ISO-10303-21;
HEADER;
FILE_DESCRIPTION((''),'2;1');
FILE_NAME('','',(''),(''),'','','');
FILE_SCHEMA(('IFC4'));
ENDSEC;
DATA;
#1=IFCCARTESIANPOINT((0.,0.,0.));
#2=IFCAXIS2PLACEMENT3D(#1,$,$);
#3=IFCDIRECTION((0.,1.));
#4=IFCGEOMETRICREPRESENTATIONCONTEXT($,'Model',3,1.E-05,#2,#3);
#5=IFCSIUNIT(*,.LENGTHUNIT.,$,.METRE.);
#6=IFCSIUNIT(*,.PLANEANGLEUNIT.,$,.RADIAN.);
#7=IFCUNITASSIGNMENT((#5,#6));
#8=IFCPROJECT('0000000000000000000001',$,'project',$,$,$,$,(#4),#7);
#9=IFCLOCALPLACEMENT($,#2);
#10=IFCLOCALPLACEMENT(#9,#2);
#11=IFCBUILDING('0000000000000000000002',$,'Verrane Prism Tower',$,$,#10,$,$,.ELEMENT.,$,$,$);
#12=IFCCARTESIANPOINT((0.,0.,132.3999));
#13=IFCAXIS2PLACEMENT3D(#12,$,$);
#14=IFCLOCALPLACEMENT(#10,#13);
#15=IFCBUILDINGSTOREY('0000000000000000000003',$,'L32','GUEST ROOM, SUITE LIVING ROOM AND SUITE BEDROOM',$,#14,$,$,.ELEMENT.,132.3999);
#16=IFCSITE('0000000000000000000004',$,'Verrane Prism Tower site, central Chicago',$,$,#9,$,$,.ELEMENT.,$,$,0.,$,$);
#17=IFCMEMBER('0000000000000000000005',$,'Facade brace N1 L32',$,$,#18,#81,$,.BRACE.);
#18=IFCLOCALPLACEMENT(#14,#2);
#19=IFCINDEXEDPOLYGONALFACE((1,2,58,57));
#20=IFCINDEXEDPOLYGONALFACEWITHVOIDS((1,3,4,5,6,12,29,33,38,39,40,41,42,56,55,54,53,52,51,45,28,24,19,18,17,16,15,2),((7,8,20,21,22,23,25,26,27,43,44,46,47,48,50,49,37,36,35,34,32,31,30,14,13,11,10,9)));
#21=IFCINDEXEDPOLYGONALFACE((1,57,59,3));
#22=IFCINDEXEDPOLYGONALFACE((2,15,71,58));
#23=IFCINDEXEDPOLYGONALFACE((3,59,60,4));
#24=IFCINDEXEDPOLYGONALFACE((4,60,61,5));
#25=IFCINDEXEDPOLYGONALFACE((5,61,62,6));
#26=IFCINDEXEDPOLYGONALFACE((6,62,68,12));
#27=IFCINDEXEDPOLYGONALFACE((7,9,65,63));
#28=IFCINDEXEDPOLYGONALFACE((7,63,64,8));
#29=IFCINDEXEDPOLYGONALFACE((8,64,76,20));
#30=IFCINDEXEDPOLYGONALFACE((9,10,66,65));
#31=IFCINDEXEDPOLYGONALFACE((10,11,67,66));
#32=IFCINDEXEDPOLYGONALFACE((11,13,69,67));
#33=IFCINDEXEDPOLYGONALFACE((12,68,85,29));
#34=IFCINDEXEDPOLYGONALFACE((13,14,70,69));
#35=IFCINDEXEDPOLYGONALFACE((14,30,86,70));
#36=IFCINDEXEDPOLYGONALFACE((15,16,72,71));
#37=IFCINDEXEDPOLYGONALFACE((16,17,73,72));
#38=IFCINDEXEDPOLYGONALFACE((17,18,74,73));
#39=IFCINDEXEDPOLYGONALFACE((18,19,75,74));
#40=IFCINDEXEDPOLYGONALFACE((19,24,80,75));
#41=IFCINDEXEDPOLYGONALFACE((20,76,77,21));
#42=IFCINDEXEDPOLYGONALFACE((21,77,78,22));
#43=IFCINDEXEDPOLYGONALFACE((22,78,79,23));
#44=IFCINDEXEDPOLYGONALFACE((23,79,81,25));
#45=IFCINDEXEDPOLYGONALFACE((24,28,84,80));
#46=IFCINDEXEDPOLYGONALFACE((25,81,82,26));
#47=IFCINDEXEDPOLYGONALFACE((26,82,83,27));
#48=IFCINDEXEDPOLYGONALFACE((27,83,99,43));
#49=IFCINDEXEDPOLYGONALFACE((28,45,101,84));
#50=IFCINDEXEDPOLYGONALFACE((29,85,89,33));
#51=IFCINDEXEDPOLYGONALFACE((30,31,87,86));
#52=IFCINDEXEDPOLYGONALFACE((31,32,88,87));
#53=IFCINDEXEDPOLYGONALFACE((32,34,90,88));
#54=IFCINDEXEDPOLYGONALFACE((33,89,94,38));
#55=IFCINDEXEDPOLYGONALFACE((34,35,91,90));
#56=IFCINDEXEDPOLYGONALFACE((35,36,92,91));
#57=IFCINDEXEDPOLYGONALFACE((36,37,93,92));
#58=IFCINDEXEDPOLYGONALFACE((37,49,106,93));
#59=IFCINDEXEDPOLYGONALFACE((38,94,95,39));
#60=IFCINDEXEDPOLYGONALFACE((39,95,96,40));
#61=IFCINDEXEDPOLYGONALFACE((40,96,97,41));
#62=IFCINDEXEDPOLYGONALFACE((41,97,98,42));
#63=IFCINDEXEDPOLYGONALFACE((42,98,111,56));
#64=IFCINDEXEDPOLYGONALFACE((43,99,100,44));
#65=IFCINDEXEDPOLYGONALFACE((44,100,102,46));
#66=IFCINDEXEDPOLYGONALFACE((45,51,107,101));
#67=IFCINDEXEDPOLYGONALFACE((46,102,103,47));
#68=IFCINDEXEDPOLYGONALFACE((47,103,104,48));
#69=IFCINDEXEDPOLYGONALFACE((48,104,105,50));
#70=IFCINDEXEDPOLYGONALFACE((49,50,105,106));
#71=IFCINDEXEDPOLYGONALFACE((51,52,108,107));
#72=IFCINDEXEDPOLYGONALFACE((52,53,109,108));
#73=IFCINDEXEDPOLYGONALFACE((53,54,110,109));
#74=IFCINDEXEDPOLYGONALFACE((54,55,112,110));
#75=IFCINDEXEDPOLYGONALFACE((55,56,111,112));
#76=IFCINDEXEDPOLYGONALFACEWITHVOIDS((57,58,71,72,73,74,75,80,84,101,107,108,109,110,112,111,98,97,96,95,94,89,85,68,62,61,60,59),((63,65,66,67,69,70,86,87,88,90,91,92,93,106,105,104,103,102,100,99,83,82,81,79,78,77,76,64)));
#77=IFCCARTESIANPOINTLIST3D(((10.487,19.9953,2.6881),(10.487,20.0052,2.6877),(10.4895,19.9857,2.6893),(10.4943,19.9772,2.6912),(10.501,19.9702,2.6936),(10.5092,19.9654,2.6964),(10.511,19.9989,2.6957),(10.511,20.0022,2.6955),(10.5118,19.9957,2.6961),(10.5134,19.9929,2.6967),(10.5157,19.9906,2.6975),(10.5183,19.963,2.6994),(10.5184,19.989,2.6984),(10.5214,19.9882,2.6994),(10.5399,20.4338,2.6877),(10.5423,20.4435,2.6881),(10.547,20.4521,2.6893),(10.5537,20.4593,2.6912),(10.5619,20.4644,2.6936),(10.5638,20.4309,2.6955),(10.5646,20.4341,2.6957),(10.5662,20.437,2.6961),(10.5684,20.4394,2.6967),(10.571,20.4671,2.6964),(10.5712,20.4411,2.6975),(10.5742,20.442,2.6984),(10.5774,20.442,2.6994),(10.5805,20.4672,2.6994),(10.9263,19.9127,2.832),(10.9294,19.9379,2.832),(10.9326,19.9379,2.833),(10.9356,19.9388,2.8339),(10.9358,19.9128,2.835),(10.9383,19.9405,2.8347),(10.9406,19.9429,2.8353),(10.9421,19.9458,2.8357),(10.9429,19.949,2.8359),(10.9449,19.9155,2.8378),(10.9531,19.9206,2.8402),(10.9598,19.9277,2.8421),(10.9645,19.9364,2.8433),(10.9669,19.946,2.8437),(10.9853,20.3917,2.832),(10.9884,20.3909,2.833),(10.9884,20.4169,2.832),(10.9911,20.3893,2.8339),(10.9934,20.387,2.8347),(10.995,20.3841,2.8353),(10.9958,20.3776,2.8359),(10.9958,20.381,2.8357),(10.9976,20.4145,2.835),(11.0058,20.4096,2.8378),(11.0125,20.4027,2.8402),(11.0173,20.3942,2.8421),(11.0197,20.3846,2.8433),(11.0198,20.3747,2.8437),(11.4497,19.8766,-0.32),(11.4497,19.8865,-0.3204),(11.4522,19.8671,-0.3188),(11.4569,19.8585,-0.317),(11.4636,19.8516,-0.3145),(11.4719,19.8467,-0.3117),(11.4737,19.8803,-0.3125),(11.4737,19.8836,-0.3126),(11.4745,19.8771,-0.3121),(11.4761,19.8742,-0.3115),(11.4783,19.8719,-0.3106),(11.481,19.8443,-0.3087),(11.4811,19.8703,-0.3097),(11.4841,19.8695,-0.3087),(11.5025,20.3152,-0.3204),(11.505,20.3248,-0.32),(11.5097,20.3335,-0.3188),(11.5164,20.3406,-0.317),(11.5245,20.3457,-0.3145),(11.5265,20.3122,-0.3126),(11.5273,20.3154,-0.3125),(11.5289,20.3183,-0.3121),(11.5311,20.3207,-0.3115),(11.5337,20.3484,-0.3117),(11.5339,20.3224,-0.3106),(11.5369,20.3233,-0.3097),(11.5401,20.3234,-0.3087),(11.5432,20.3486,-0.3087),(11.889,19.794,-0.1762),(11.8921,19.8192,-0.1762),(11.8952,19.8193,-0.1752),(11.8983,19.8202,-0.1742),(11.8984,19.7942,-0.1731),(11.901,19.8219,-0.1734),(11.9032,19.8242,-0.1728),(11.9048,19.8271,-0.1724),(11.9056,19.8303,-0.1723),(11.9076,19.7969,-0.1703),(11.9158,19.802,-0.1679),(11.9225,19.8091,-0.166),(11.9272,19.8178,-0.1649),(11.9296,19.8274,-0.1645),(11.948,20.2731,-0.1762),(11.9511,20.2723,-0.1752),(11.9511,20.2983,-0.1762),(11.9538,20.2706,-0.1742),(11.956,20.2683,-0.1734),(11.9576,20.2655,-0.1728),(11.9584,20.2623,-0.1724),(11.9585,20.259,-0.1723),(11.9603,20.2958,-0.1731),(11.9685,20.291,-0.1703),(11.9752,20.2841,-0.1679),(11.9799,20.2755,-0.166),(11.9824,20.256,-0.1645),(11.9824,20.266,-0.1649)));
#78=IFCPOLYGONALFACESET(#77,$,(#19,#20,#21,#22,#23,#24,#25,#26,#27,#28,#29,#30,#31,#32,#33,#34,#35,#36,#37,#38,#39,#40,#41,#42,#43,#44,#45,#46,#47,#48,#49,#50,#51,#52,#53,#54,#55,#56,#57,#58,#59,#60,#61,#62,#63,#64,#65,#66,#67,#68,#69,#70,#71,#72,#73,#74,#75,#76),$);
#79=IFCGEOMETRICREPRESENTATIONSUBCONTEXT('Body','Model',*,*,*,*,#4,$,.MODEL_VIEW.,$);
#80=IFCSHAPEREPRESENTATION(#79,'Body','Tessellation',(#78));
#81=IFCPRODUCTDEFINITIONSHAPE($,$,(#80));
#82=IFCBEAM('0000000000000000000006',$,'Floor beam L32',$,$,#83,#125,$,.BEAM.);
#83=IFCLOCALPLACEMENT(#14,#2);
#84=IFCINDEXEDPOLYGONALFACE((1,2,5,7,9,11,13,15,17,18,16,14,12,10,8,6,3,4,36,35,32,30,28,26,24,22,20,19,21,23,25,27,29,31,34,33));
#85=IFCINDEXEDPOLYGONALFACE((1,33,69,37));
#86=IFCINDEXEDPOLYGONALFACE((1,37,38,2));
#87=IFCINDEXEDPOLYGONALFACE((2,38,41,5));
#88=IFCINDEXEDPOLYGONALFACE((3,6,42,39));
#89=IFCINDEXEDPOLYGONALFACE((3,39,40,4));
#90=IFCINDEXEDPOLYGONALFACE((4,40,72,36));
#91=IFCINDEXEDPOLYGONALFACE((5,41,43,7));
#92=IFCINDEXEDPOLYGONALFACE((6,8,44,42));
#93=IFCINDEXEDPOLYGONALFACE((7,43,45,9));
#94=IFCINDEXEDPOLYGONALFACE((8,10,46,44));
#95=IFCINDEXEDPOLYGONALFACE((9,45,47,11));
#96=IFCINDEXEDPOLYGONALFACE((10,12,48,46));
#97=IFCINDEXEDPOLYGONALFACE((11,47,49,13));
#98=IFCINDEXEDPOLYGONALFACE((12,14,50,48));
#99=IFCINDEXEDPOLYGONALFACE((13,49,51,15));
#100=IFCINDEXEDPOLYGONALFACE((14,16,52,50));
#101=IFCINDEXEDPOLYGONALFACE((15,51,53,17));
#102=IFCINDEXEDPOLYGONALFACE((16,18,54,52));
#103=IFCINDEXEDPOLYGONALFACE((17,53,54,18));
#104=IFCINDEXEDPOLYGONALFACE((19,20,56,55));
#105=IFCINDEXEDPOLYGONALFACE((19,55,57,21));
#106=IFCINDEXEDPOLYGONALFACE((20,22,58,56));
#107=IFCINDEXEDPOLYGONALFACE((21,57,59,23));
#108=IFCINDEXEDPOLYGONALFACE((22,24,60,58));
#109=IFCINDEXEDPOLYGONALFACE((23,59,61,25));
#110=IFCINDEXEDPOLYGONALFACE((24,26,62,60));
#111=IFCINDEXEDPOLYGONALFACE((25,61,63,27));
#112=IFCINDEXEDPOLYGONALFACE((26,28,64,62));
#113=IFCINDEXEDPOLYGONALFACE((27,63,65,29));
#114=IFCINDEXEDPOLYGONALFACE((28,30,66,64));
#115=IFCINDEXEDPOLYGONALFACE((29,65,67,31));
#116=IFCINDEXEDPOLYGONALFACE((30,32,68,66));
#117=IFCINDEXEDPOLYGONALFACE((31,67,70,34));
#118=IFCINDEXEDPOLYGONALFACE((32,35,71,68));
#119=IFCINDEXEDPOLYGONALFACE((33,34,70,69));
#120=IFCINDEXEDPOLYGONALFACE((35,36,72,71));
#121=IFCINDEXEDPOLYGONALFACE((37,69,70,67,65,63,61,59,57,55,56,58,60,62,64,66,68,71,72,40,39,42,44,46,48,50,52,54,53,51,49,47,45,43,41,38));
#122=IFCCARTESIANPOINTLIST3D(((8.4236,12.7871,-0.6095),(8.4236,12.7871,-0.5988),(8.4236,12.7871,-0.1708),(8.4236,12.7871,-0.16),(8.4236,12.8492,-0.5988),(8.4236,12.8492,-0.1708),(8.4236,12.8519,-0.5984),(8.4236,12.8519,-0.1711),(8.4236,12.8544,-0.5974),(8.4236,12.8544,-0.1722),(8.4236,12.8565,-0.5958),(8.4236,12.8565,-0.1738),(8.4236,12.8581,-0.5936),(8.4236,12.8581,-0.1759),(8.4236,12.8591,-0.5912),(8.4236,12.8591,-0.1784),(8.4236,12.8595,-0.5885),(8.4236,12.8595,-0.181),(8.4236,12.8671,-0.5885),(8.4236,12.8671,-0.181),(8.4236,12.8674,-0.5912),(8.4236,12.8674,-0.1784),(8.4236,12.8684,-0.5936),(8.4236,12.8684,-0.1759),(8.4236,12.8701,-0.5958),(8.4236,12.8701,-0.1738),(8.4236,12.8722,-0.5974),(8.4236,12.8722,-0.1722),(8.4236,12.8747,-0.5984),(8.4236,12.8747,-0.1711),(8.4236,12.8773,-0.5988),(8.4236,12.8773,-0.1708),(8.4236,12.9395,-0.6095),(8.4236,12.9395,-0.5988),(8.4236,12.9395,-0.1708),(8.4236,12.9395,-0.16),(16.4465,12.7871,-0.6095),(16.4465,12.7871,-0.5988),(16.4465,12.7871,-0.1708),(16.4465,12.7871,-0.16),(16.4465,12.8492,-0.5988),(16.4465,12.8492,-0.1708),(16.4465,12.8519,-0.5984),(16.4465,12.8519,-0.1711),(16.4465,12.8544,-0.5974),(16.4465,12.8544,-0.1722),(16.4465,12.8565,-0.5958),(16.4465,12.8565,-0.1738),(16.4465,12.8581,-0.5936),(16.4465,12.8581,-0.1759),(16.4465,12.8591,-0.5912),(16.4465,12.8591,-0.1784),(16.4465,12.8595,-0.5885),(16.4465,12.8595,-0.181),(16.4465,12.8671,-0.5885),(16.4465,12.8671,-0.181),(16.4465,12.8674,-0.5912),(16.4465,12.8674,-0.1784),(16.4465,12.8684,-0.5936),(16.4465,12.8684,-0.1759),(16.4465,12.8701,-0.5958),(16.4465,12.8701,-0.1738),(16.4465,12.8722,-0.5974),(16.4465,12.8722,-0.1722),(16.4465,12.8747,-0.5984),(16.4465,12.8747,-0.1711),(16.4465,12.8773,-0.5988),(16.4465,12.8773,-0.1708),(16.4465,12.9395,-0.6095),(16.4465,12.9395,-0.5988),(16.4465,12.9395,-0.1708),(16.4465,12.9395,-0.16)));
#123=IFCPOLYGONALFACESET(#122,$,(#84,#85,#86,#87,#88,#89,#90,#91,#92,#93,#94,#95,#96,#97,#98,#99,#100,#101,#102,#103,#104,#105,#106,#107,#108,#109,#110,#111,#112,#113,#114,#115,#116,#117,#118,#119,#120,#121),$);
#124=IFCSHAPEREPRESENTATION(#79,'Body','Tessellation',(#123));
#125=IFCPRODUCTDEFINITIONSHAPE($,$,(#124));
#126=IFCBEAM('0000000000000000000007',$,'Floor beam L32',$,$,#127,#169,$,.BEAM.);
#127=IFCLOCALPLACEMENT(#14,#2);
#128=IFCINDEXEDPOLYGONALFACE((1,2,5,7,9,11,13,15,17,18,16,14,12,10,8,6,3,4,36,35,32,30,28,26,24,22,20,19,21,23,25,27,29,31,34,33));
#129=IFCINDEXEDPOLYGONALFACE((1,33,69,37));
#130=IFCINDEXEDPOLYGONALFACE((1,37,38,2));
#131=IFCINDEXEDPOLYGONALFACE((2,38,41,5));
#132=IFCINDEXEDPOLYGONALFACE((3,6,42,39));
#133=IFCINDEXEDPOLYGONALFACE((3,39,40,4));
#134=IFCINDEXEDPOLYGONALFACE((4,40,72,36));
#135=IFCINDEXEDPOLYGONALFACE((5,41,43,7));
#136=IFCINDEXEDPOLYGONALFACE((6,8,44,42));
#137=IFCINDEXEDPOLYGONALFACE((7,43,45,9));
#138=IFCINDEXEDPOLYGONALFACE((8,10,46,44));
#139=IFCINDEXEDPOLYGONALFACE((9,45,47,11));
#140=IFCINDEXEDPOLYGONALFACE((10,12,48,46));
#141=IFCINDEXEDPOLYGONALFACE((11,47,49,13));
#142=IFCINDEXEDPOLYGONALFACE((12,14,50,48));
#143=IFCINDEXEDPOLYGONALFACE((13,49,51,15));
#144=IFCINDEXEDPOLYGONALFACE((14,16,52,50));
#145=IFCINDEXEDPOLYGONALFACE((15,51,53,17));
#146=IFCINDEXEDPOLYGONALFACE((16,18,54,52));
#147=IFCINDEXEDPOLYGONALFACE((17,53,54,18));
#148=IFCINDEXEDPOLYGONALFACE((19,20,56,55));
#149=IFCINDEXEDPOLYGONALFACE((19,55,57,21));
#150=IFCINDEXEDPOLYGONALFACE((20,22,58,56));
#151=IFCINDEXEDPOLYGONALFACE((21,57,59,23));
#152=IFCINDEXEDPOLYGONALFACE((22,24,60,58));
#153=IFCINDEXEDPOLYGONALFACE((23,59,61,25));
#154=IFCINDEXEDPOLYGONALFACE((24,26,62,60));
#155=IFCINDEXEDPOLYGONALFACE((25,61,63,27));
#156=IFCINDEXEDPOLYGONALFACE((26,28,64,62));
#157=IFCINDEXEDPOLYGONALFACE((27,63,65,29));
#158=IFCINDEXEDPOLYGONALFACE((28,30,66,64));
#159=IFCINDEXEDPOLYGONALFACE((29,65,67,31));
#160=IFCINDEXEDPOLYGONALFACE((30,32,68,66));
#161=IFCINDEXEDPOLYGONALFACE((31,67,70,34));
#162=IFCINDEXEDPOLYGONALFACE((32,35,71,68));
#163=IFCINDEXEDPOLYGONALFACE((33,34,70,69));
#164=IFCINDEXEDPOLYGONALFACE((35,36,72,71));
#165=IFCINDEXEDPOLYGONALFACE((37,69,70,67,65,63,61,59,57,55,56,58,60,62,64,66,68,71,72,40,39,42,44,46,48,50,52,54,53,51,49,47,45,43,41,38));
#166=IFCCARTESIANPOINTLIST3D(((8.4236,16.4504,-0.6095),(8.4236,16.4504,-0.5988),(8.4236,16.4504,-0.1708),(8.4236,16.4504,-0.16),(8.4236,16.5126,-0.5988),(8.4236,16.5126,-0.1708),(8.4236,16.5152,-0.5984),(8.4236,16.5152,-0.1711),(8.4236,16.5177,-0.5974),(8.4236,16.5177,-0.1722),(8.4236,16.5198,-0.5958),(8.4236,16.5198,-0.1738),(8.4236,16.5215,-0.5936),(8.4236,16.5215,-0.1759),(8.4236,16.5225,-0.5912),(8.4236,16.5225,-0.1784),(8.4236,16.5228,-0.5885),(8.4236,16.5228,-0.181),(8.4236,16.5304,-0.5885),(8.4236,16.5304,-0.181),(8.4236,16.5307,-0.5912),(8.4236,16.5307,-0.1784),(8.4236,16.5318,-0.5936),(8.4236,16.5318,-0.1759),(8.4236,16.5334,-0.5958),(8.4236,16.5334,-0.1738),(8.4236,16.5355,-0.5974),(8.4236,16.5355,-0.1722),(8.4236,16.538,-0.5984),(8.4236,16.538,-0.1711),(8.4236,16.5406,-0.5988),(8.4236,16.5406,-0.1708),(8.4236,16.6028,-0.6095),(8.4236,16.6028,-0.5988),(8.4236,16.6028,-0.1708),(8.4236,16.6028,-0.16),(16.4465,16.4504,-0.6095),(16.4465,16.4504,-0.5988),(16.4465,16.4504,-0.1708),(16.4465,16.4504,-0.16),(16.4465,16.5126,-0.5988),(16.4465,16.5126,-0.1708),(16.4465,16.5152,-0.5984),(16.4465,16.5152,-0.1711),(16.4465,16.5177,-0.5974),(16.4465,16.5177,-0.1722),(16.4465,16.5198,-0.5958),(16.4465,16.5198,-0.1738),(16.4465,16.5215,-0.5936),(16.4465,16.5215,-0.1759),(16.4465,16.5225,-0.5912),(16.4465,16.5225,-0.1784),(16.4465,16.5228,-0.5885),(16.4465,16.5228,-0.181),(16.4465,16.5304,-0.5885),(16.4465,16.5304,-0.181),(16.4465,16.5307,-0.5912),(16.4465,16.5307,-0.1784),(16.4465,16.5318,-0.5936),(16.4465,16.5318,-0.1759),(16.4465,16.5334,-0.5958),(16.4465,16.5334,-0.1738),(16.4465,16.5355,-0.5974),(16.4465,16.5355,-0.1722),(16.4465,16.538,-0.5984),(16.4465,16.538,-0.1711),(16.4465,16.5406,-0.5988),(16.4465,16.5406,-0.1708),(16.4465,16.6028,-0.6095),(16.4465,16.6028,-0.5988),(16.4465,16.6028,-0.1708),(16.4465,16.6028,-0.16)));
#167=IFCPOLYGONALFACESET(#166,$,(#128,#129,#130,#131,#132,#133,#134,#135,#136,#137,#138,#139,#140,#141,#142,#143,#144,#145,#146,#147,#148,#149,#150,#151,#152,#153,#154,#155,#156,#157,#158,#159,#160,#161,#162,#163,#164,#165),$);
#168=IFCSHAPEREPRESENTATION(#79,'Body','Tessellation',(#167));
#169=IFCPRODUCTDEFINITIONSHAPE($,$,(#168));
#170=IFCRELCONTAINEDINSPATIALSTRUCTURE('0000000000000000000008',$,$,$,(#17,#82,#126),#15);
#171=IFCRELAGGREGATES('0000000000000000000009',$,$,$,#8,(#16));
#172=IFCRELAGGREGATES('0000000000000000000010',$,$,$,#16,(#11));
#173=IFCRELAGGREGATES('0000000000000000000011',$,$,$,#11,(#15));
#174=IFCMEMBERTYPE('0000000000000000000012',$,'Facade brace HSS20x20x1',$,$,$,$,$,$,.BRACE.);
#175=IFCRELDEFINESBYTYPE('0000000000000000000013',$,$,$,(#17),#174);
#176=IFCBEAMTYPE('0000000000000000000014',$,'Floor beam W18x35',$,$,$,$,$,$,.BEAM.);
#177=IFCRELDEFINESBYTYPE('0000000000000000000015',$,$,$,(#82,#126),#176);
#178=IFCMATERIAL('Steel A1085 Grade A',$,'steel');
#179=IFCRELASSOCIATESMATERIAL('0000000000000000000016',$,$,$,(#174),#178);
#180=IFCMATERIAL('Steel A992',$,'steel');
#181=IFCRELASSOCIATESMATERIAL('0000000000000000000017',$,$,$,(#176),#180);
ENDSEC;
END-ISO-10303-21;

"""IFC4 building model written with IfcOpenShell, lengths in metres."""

from ifc_helpers import new_model, si_unit, direction, frame, origin, origin_2d, place, context, subcontext, project, spatial, hollow_rectangle, i_section, extrude, material, material_profile, profile_set, type_object, element, save


model = new_model("IFC4")

# Units and contexts
model_context = context("Model", 3, precision=1e-05, world=origin(), true_north=direction((0.0, 1.0)))
body_context = subcontext(model_context, "Body", "Model", "MODEL_VIEW")
ifc_project = project(units=[si_unit("LENGTHUNIT", "METRE"), si_unit("PLANEANGLEUNIT", "RADIAN")], contexts=[model_context])

# Site, building, storey
site_placement = place(None, origin())
site = spatial("IfcSite", under=ifc_project, at=site_placement, Name="Verrane Prism Tower site, central Chicago", CompositionType="ELEMENT", RefElevation=0.0)
building_placement = place(site_placement, origin())
building = spatial("IfcBuilding", under=site, at=building_placement, Name="Verrane Prism Tower", CompositionType="ELEMENT")
storey_placement = place(building_placement, frame((0.0, 0.0, 132.3999)))
storey = spatial("IfcBuildingStorey", under=building, at=storey_placement, Name="L32", Description="GUEST ROOM, SUITE LIVING ROOM AND SUITE BEDROOM", CompositionType="ELEMENT", Elevation=132.3999)

# Member
ifc_material_1 = material(Name="Steel A1085 Grade A", Category="steel")
ifc_material_profile_1 = material_profile(ifc_material_1, hollow_rectangle(XDim=0.5081, YDim=0.5081, WallThickness=0.0254, InnerFilletRadius=0.0127, OuterFilletRadius=0.0381, at=origin_2d()), Name="HSS20x20x1")
ifc_profile_set_1 = profile_set([ifc_material_profile_1], Name="Steel A1085 Grade A")
member_type_1 = type_object("IfcMemberType", Name="Facade brace HSS20x20x1", PredefinedType="BRACE", material=ifc_profile_set_1)
member_1_placement = place(storey_placement, frame((11.7161, 20.0713, -0.2424), z_axis=(-0.304581, 0.037541, 0.951746), x_axis=(-0.122331, -0.992489, 0.0)))
element("IfcMember", 1, at=member_1_placement, inside=storey, type_object=member_type_1, Name="Facade brace N1 L32", PredefinedType="BRACE", context=body_context, shape_type="SweptSolid", body=[
    extrude(hollow_rectangle(XDim=0.5081, YDim=0.5081, WallThickness=0.0254, InnerFilletRadius=0.0127, OuterFilletRadius=0.0381, at=origin_2d()), origin(), (0.0, 0.0, 1.0), 3.1606),
])

# Beams
ifc_material_2 = material(Name="Steel A992", Category="steel")
ifc_material_profile_2 = material_profile(ifc_material_2, i_section(OverallWidth=0.1523, OverallDepth=0.4495, WebThickness=0.0076, FlangeThickness=0.0107, FilletRadius=0.0103, at=origin_2d()), Name="W18x35")
ifc_profile_set_2 = profile_set([ifc_material_profile_2], Name="Steel A992")
beam_type_1 = type_object("IfcBeamType", Name="Floor beam W18x35", PredefinedType="BEAM", material=ifc_profile_set_2)
for number, where, z_axis, x_axis, name in (
    (2, (8.4236, 12.8633, -0.3848), (1.0, 0.0, 0.0), (0.0, 1.0, 0.0), "Floor beam L32"),
    (3, (8.4236, 16.5266, -0.3848), (1.0, 0.0, 0.0), (0.0, 1.0, 0.0), "Floor beam L32"),
):
    element("IfcBeam", number, at=place(storey_placement, frame(where, z_axis=z_axis, x_axis=x_axis)), inside=storey, type_object=beam_type_1, Name=name, PredefinedType="BEAM", context=body_context, shape_type="SweptSolid", body=[
        extrude(i_section(OverallWidth=0.1523, OverallDepth=0.4495, WebThickness=0.0076, FlangeThickness=0.0107, FilletRadius=0.0103, at=origin_2d()), origin(), (0.0, 0.0, 1.0), 8.0229),
    ])

save(model, "model.ifc")
